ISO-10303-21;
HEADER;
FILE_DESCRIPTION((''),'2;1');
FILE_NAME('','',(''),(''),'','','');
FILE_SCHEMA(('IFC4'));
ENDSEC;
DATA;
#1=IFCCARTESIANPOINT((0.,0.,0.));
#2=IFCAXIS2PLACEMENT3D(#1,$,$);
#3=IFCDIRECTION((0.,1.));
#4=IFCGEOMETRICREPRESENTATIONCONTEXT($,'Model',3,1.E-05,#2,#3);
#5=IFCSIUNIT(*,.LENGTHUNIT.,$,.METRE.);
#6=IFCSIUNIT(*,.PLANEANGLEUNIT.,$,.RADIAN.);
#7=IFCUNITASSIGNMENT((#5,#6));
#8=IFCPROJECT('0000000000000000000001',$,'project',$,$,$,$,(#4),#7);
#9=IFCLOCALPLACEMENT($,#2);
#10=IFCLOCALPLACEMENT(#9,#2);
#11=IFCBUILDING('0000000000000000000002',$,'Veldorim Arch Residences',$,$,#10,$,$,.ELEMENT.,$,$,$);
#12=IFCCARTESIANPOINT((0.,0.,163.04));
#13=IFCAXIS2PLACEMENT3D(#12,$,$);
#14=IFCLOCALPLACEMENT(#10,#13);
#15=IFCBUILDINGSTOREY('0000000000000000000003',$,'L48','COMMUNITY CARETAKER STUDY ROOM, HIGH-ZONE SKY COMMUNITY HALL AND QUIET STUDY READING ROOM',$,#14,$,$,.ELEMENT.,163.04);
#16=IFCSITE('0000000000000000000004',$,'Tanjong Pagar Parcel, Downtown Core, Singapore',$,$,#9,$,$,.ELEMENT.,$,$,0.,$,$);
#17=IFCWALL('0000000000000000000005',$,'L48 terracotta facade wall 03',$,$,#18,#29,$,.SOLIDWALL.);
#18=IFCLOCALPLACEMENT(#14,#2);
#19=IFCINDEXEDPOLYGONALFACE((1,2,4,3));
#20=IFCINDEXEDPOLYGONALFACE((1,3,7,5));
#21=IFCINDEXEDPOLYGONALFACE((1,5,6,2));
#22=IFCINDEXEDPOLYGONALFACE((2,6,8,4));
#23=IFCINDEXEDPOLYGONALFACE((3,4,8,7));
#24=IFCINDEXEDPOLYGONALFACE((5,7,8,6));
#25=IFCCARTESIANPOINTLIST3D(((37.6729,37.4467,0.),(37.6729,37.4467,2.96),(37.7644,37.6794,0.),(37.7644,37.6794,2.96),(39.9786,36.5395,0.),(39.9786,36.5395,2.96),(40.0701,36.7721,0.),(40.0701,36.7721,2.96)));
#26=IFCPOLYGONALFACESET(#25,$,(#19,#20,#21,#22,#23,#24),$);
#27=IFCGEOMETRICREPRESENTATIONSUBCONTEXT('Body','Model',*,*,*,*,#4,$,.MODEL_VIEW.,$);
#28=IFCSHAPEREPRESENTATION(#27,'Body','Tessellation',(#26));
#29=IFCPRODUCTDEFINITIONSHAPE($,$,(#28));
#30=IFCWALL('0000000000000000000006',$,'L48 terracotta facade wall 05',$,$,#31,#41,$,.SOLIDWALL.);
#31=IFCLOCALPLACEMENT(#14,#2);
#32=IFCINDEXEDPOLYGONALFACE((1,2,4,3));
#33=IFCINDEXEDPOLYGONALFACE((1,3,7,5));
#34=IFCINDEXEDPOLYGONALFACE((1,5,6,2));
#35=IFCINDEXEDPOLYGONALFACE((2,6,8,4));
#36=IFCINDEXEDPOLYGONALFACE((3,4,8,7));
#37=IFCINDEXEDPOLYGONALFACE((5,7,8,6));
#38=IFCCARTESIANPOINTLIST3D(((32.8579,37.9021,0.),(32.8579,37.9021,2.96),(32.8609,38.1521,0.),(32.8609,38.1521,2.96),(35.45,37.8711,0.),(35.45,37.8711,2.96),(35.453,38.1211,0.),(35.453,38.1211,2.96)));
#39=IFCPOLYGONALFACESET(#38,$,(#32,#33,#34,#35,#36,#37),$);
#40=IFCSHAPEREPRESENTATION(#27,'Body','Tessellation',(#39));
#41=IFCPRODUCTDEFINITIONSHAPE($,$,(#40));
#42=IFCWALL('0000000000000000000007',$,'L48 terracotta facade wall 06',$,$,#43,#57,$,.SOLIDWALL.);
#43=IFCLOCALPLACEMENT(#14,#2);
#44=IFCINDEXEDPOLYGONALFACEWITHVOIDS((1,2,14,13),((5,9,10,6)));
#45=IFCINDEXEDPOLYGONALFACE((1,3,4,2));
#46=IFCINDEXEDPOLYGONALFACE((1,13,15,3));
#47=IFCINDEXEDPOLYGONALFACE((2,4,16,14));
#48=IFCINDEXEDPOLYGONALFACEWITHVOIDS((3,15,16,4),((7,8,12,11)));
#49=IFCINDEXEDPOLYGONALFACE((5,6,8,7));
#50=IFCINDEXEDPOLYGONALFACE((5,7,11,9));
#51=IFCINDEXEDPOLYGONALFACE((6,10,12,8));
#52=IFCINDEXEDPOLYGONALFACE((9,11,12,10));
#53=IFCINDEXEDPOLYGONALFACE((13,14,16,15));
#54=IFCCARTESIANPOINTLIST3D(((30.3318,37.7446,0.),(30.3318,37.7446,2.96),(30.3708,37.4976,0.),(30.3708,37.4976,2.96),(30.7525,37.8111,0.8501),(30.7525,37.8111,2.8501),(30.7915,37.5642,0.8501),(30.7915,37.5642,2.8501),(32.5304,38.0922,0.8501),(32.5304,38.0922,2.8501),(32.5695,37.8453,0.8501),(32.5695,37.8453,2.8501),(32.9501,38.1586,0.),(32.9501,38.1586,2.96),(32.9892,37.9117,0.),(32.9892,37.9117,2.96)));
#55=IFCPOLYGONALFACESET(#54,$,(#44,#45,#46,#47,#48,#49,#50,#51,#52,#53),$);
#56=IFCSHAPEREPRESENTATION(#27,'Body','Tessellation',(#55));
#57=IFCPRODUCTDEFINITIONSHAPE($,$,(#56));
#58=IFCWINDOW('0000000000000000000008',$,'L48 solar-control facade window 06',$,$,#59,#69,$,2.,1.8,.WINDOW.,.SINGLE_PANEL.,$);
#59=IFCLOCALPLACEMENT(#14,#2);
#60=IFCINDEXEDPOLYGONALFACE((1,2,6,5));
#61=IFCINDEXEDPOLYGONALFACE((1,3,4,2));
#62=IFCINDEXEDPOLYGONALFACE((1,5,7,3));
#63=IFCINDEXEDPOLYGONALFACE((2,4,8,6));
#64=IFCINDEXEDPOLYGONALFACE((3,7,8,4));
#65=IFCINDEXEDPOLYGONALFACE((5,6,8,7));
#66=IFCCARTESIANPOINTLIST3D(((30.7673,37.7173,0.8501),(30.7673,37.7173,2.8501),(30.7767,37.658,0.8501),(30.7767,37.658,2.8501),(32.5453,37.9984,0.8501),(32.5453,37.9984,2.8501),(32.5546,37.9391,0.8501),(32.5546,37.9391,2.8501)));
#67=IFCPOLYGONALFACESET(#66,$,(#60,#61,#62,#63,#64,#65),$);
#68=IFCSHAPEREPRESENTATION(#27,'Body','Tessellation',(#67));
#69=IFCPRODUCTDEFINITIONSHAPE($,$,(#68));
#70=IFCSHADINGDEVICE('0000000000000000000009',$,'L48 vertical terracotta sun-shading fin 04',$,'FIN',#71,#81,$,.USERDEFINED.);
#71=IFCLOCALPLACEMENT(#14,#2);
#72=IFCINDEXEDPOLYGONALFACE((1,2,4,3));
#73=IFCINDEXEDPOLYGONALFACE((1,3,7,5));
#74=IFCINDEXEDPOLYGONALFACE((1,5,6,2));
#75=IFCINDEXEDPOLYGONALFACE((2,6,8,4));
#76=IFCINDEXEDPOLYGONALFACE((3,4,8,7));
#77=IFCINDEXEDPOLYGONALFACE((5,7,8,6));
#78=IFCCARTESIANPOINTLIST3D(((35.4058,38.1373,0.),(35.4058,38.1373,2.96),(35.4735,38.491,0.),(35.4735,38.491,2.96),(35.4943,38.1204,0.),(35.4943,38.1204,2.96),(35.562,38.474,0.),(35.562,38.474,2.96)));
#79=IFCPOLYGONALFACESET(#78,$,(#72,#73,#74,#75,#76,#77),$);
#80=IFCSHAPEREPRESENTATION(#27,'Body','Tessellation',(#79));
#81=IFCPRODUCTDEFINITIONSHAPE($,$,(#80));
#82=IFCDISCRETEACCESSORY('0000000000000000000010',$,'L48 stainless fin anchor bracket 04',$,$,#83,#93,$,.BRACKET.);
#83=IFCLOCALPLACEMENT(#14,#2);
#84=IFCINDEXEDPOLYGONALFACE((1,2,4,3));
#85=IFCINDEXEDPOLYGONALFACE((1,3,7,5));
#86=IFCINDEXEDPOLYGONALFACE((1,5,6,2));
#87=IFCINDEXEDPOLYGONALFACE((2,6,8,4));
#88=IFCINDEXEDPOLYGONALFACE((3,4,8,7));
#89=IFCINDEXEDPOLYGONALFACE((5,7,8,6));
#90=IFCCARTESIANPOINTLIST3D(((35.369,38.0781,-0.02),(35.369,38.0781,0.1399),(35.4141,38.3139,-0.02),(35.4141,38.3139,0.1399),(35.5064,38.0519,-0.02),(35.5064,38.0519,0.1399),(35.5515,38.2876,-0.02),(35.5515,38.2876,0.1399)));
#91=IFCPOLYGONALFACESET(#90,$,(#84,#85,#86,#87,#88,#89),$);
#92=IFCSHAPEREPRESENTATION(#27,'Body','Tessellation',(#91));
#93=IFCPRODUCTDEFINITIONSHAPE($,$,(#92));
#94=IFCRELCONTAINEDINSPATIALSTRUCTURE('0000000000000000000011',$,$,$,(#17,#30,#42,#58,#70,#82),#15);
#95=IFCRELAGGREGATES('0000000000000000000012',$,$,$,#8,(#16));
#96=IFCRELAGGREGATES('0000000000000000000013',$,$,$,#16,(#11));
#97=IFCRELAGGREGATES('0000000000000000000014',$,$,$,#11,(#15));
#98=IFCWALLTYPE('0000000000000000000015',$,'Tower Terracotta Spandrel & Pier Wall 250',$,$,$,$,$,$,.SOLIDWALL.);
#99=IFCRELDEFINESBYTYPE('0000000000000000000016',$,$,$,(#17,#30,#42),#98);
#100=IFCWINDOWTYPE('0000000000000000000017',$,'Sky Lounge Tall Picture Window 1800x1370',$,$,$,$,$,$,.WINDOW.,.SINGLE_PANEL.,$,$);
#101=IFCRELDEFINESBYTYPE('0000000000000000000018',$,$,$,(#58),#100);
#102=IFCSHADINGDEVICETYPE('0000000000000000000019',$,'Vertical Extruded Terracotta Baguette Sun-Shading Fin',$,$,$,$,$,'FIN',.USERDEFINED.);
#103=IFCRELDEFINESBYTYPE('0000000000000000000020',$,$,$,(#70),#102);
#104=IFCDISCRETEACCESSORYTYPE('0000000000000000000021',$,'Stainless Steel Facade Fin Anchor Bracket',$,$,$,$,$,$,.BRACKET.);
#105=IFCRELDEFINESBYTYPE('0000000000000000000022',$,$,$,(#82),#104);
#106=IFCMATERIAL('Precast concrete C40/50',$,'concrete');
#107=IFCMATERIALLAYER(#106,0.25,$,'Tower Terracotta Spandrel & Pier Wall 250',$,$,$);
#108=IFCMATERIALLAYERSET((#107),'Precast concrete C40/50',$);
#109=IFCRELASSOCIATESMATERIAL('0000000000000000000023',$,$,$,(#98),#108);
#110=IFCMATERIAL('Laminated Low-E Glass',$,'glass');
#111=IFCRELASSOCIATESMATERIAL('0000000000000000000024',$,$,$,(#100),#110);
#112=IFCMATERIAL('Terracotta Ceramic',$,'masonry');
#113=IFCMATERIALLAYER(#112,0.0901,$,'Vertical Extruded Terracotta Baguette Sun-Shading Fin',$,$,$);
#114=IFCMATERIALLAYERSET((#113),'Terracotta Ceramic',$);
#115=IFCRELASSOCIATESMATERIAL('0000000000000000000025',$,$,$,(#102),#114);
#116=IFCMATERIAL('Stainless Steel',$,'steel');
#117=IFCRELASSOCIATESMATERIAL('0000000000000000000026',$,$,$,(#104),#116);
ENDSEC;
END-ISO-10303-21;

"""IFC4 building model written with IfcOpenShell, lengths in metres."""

from ifc_helpers import new_model, si_unit, direction, frame, frame_2d, origin, origin_2d, place, context, subcontext, project, spatial, rectangle, extrude, material, layer, layer_set, type_object, element, fill, save


model = new_model("IFC4")

# Units and contexts
model_context = context("Model", 3, precision=1e-05, world=origin(), true_north=direction((0.0, 1.0)))
body_context = subcontext(model_context, "Body", "Model", "MODEL_VIEW")
ifc_project = project(units=[si_unit("LENGTHUNIT", "METRE"), si_unit("PLANEANGLEUNIT", "RADIAN")], contexts=[model_context])

# Site, building, storey
site_placement = place(None, origin())
site = spatial("IfcSite", under=ifc_project, at=site_placement, Name="Tanjong Pagar Parcel, Downtown Core, Singapore", CompositionType="ELEMENT", RefElevation=0.0)
building_placement = place(site_placement, origin())
building = spatial("IfcBuilding", under=site, at=building_placement, Name="Veldorim Arch Residences", CompositionType="ELEMENT")
storey_placement = place(building_placement, frame((0.0, 0.0, 163.04)))
storey = spatial("IfcBuildingStorey", under=building, at=storey_placement, Name="L48", Description="COMMUNITY CARETAKER STUDY ROOM, HIGH-ZONE SKY COMMUNITY HALL AND QUIET STUDY READING ROOM", CompositionType="ELEMENT", Elevation=163.04)

# Shared definitions
ifc_material_1 = material(Name="Precast concrete C40/50", Category="concrete")
ifc_layer_1 = layer(ifc_material_1, 0.25, Name="Tower Terracotta Spandrel & Pier Wall 250")
ifc_layer_set_1 = layer_set([ifc_layer_1], Name="Precast concrete C40/50")
wall_type_1 = type_object("IfcWallType", Name="Tower Terracotta Spandrel & Pier Wall 250", PredefinedType="SOLIDWALL", material=ifc_layer_set_1)

# Walls
wall_1_placement = place(storey_placement, frame((37.7188, 37.563, 0.0), z_axis=(0.0, 0.0, 1.0), x_axis=(0.930555, -0.366152, 0.0)))
element("IfcWall", 1, at=wall_1_placement, inside=storey, type_object=wall_type_1, Name="L48 terracotta facade wall 03", PredefinedType="SOLIDWALL", context=body_context, shape_type="SweptSolid", body=[
    extrude(rectangle(XDim=2.4778, YDim=0.25, at=frame_2d((1.2388, 0.0))), origin(), (0.0, 0.0, 1.0), 2.96),
])
wall_2_placement = place(storey_placement, frame((32.8594, 38.0271, 0.0), z_axis=(0.0, 0.0, 1.0), x_axis=(0.999928, -0.011961, 0.0)))
element("IfcWall", 2, at=wall_2_placement, inside=storey, type_object=wall_type_1, Name="L48 terracotta facade wall 05", PredefinedType="SOLIDWALL", context=body_context, shape_type="SweptSolid", body=[
    extrude(rectangle(XDim=2.5923, YDim=0.25, at=frame_2d((1.2961, 0.0))), origin(), (0.0, 0.0, 1.0), 2.96),
])

# Wall, opening, window
wall_3_placement = place(storey_placement, frame((30.3513, 37.6211, 0.0), z_axis=(0.0, 0.0, 1.0), x_axis=(0.987726, 0.156194, 0.0)))
wall_3 = element("IfcWall", 3, at=wall_3_placement, inside=storey, type_object=wall_type_1, Name="L48 terracotta facade wall 06", PredefinedType="SOLIDWALL", context=body_context, shape_type="SweptSolid", body=[
    extrude(rectangle(XDim=2.6509, YDim=0.25, at=frame_2d((1.3254, 0.0))), origin(), (0.0, 0.0, 1.0), 2.96),
])
opening_1_placement = place(wall_3_placement, frame((0.426, 0.0, 0.8501)))
opening_1 = element("IfcOpeningElement", 4, at=opening_1_placement, cuts=wall_3, PredefinedType="OPENING", context=body_context, shape_type="SweptSolid", body=[
    extrude(rectangle(XDim=1.8, YDim=2.0, at=frame_2d((0.8999, 1.0))), frame((0.0, 0.135, 0.0), z_axis=(0.0, -1.0, 0.0), x_axis=(1.0, 0.0, 0.0)), (0.0, 0.0, 1.0), 0.27),
])
ifc_material_2 = material(Name="Laminated Low-E Glass", Category="glass")
window_type_1 = type_object("IfcWindowType", Name="Sky Lounge Tall Picture Window 1800x1370", PartitioningType="SINGLE_PANEL", PredefinedType="WINDOW", material=ifc_material_2)
window_1_placement = place(opening_1_placement, origin())
window_1 = element("IfcWindow", 5, at=window_1_placement, inside=storey, type_object=window_type_1, Name="L48 solar-control facade window 06", OverallHeight=2.0, OverallWidth=1.8, PartitioningType="SINGLE_PANEL", PredefinedType="WINDOW", context=body_context, shape_type="SweptSolid", body=[
    extrude(rectangle(XDim=1.8, YDim=2.0, at=frame_2d((0.8999, 1.0))), frame((0.0, 0.03, 0.0), z_axis=(0.0, -1.0, 0.0), x_axis=(1.0, 0.0, 0.0)), (0.0, 0.0, 1.0), 0.0601),
])
fill(opening_1, window_1)

# Shading device
ifc_material_3 = material(Name="Terracotta Ceramic", Category="masonry")
ifc_layer_2 = layer(ifc_material_3, 0.0901, Name="Vertical Extruded Terracotta Baguette Sun-Shading Fin")
ifc_layer_set_2 = layer_set([ifc_layer_2], Name="Terracotta Ceramic")
shading_device_type = type_object("IfcShadingDeviceType", Name="Vertical Extruded Terracotta Baguette Sun-Shading Fin", ElementType="FIN", PredefinedType="USERDEFINED", material=ifc_layer_set_2)
shading_device_placement = place(storey_placement, frame((35.4839, 38.3057, 0.0), z_axis=(0.0, 0.0, 1.0), x_axis=(0.982189, -0.187896, 0.0)))
element("IfcShadingDevice", 6, at=shading_device_placement, inside=storey, type_object=shading_device_type, Name="L48 vertical terracotta sun-shading fin 04", ObjectType="FIN", PredefinedType="USERDEFINED", context=body_context, shape_type="SweptSolid", body=[
    extrude(rectangle(XDim=0.0901, YDim=0.3601, at=origin_2d()), origin(), (0.0, 0.0, 1.0), 2.96),
])

# Discrete accessory
ifc_material_4 = material(Name="Stainless Steel", Category="steel")
discrete_accessory_type = type_object("IfcDiscreteAccessoryType", Name="Stainless Steel Facade Fin Anchor Bracket", PredefinedType="BRACKET", material=ifc_material_4)
discrete_accessory_placement = place(storey_placement, frame((35.4602, 38.1829, -0.02), z_axis=(0.0, 0.0, 1.0), x_axis=(0.982189, -0.187896, 0.0)))
element("IfcDiscreteAccessory", 7, at=discrete_accessory_placement, inside=storey, type_object=discrete_accessory_type, Name="L48 stainless fin anchor bracket 04", PredefinedType="BRACKET", context=body_context, shape_type="SweptSolid", body=[
    extrude(rectangle(XDim=0.1399, YDim=0.24, at=origin_2d()), origin(), (0.0, 0.0, 1.0), 0.1599),
])

save(model, "model.ifc")
